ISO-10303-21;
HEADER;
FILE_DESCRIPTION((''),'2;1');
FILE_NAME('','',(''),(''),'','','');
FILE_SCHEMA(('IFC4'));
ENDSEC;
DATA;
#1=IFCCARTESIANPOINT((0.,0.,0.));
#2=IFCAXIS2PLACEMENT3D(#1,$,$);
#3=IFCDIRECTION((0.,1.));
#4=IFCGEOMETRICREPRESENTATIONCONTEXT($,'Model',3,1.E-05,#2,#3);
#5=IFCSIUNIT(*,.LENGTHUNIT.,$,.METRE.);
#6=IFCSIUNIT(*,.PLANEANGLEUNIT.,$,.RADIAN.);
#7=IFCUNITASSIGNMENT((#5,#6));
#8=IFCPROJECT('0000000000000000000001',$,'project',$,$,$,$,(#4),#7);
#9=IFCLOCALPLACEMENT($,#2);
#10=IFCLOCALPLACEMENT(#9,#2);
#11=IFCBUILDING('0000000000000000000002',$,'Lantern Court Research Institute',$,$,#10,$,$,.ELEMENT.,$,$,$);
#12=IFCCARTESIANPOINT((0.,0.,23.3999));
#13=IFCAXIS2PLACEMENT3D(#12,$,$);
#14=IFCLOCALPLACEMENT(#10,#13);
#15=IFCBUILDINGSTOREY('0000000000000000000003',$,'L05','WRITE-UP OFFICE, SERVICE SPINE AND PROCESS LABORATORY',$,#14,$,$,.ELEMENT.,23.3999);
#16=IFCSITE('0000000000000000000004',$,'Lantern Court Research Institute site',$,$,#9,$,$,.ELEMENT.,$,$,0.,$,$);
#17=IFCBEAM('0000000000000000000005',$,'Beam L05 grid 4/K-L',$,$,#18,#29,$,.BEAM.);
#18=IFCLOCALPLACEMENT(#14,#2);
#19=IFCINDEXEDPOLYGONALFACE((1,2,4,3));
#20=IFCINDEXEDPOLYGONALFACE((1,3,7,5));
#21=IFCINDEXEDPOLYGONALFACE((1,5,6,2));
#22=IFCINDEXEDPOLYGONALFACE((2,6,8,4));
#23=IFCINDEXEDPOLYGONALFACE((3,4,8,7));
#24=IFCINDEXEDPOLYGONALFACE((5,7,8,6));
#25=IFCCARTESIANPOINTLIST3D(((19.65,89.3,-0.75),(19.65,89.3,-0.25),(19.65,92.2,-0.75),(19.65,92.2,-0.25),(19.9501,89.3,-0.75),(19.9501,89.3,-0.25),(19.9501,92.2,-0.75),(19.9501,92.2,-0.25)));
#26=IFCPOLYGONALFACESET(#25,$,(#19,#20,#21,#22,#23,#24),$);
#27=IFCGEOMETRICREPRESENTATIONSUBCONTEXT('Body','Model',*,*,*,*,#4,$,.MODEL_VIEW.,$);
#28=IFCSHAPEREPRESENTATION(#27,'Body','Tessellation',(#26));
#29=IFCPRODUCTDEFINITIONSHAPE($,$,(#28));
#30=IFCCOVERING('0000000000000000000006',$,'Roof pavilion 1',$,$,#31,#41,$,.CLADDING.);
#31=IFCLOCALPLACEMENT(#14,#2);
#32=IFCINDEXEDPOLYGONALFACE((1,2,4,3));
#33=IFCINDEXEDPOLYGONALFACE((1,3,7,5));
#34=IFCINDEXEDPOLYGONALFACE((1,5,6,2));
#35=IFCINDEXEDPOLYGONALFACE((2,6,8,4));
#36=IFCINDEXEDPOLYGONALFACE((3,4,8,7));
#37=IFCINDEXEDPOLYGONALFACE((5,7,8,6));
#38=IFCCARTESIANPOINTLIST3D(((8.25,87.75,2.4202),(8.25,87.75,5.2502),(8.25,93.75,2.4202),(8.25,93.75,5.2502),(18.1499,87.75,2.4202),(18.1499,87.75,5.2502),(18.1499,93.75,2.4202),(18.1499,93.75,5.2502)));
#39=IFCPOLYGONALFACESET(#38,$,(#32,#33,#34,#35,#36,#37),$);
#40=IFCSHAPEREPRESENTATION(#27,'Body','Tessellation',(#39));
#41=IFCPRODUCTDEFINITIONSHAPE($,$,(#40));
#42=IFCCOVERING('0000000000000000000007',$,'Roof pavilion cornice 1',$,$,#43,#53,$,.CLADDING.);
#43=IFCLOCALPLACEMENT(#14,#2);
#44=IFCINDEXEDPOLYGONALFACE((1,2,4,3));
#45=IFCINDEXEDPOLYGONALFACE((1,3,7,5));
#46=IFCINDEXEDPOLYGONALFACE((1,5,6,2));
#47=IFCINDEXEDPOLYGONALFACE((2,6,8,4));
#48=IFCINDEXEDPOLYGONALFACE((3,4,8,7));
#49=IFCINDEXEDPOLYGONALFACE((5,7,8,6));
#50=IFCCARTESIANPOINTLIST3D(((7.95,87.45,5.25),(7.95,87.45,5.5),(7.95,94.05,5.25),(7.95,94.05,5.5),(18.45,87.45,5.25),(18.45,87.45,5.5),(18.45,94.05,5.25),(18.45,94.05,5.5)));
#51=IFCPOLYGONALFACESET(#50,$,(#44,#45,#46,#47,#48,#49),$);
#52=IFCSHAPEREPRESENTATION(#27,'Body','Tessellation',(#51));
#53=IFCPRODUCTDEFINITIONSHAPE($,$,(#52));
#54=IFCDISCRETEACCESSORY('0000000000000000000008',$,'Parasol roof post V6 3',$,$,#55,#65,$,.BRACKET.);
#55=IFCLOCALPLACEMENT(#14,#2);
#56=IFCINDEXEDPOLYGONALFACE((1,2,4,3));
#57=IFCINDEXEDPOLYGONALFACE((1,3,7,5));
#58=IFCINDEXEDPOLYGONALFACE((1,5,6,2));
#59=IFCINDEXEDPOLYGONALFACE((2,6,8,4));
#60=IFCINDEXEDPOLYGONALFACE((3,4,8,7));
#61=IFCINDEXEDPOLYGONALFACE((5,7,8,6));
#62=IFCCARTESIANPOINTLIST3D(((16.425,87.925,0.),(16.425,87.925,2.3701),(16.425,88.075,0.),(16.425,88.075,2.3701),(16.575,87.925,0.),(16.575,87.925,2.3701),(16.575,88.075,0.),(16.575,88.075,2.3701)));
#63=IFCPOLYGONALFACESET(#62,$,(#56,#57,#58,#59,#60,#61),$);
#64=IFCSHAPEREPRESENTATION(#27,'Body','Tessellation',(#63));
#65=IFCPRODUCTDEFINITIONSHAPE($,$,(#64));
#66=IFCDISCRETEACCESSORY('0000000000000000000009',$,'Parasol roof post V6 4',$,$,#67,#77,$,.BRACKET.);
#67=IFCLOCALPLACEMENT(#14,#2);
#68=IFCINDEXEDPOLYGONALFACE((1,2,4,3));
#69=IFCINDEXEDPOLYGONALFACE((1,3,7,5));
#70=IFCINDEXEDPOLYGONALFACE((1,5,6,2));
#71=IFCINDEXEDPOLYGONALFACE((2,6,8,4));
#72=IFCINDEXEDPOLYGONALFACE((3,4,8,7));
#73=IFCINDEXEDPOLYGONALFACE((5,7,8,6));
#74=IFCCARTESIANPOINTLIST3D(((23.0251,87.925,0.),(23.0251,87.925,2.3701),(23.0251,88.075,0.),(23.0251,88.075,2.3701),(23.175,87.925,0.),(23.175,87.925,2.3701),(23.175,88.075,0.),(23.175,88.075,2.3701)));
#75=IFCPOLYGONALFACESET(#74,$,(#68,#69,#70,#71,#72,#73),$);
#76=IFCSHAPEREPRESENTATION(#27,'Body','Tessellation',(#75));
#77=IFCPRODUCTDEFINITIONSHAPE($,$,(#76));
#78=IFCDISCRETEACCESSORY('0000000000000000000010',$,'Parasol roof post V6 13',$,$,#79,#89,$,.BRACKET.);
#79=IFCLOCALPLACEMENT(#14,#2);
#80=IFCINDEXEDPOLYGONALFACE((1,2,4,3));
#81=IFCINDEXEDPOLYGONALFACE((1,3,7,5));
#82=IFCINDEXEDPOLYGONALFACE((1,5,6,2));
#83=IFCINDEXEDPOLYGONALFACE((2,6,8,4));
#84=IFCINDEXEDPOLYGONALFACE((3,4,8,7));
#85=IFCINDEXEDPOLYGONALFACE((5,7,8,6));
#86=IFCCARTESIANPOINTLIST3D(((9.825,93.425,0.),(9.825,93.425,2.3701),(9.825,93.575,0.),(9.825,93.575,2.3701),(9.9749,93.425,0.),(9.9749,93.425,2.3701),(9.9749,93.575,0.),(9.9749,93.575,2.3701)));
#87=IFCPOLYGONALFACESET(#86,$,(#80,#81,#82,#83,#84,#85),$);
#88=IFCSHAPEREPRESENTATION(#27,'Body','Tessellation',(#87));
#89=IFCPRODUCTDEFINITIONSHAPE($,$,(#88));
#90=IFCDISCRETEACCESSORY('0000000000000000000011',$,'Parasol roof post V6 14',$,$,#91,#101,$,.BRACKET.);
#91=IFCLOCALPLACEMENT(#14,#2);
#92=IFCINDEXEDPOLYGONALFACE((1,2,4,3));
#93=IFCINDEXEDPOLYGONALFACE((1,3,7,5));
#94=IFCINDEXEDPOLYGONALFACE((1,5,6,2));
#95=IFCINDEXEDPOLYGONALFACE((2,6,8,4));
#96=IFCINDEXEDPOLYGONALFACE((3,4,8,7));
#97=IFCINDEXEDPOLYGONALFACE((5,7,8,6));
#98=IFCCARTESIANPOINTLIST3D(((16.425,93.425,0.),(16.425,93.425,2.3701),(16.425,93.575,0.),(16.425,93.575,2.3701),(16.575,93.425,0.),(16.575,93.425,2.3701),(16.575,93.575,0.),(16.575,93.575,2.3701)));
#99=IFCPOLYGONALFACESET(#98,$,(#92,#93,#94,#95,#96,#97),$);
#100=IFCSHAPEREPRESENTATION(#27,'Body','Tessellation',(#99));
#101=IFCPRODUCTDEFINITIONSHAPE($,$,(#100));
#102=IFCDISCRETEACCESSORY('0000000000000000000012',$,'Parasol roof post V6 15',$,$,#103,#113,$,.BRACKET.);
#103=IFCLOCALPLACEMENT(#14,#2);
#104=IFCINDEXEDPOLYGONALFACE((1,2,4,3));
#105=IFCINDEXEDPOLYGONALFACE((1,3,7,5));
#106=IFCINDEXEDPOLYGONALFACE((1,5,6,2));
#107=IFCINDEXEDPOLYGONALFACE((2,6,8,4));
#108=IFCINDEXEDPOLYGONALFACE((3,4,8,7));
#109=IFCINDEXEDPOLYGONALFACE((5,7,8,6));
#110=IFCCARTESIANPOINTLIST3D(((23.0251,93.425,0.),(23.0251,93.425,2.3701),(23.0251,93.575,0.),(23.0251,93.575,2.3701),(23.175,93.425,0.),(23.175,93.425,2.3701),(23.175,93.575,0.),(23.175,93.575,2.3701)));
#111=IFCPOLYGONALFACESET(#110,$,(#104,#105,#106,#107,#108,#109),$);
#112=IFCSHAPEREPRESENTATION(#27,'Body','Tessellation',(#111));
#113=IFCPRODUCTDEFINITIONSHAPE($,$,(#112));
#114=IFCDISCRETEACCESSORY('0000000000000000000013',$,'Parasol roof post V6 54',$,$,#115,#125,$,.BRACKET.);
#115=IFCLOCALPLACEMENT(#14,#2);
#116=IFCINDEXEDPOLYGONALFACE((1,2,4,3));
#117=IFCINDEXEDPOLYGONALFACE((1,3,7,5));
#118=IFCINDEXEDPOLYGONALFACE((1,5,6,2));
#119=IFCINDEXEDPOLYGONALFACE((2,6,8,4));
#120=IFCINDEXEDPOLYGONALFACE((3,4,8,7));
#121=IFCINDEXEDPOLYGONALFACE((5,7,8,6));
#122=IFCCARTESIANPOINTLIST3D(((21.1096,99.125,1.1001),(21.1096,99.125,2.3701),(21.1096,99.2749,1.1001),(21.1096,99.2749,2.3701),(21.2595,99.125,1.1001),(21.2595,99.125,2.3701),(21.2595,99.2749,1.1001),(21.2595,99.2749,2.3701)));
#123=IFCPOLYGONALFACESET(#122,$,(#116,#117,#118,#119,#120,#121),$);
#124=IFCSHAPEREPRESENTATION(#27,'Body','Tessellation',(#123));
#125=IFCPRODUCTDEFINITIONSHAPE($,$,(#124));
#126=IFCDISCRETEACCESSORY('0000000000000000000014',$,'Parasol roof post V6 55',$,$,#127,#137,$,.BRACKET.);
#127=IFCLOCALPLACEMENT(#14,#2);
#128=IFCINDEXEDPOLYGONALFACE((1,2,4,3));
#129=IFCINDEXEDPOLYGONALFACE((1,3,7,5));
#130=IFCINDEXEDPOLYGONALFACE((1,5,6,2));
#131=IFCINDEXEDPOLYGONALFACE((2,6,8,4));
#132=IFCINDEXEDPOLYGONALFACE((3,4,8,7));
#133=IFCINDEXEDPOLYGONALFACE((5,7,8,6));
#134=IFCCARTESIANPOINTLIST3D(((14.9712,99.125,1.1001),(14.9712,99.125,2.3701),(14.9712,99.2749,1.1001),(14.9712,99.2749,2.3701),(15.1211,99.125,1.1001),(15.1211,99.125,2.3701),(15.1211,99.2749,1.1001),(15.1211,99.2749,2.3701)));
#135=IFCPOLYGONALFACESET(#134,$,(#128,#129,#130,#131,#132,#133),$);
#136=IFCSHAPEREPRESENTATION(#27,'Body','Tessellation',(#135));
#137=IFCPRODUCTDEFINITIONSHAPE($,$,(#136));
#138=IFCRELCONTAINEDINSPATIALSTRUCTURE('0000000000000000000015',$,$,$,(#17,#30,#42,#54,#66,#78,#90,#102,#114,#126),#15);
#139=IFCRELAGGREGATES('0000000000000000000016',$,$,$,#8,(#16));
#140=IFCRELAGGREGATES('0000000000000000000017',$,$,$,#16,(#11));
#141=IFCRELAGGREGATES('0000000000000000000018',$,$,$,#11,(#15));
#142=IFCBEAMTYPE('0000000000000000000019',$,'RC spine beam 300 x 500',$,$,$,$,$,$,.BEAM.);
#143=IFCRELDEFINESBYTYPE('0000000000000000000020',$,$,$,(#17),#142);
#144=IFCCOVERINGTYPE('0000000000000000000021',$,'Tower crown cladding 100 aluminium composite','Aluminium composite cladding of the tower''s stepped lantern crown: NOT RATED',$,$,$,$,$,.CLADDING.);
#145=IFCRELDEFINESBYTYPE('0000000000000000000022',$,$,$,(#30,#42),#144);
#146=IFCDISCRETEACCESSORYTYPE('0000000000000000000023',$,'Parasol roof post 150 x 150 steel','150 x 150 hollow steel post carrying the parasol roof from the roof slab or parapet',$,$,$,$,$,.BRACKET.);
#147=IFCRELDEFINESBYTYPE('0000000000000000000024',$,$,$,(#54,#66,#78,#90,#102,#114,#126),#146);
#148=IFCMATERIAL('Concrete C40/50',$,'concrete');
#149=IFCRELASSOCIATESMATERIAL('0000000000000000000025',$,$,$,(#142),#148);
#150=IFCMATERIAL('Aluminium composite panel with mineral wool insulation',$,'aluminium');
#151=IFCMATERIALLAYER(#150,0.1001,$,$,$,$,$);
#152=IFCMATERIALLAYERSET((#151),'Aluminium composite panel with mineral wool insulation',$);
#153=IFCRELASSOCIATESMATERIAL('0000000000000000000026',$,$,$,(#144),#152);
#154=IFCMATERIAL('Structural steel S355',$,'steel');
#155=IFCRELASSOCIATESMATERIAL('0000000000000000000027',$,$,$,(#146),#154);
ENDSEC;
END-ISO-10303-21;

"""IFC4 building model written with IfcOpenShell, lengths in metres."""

from ifc_helpers import new_model, si_unit, direction, frame, origin, origin_2d, place, context, subcontext, project, spatial, rectangle, extrude, material, layer, layer_set, material_profile, profile_set, type_object, element, save


model = new_model("IFC4")

# Units and contexts
model_context = context("Model", 3, precision=1e-05, world=origin(), true_north=direction((0.0, 1.0)))
body_context = subcontext(model_context, "Body", "Model", "MODEL_VIEW")
ifc_project = project(units=[si_unit("LENGTHUNIT", "METRE"), si_unit("PLANEANGLEUNIT", "RADIAN")], contexts=[model_context])

# Site, building, storey
site_placement = place(None, origin())
site = spatial("IfcSite", under=ifc_project, at=site_placement, Name="Lantern Court Research Institute site", CompositionType="ELEMENT", RefElevation=0.0)
building_placement = place(site_placement, origin())
building = spatial("IfcBuilding", under=site, at=building_placement, Name="Lantern Court Research Institute", CompositionType="ELEMENT")
storey_placement = place(building_placement, frame((0.0, 0.0, 23.3999)))
storey = spatial("IfcBuildingStorey", under=building, at=storey_placement, Name="L05", Description="WRITE-UP OFFICE, SERVICE SPINE AND PROCESS LABORATORY", CompositionType="ELEMENT", Elevation=23.3999)

# Beam
ifc_material_1 = material(Name="Concrete C40/50", Category="concrete")
ifc_material_profile_1 = material_profile(ifc_material_1, rectangle(XDim=0.3, YDim=0.5, at=origin_2d()), Name="RC beam 300 x 500")
ifc_profile_set_1 = profile_set([ifc_material_profile_1], Name="Concrete C40/50")
beam_type_1 = type_object("IfcBeamType", Name="RC spine beam 300 x 500", PredefinedType="BEAM", material=ifc_profile_set_1)
for number, where, z_axis, x_axis, name in (
    (1, (19.8, 89.3, -0.5), (0.0, 1.0, 0.0), (-1.0, 0.0, 0.0), "Beam L05 grid 4/K-L"),
):
    element("IfcBeam", number, at=place(storey_placement, frame(where, z_axis=z_axis, x_axis=x_axis)), inside=storey, type_object=beam_type_1, Name=name, PredefinedType="BEAM", context=body_context, shape_type="SweptSolid", body=[
        extrude(rectangle(XDim=0.3, YDim=0.5, at=origin_2d()), origin(), (0.0, 0.0, 1.0), 2.8999),
    ])

# Coverings
ifc_material_2 = material(Name="Aluminium composite panel with mineral wool insulation", Category="aluminium")
ifc_layer = layer(ifc_material_2, 0.1001)
ifc_layer_set = layer_set([ifc_layer], Name="Aluminium composite panel with mineral wool insulation")
covering_type = type_object("IfcCoveringType", Name="Tower crown cladding 100 aluminium composite", Description="Aluminium composite cladding of the tower's stepped lantern crown: NOT RATED", PredefinedType="CLADDING", material=ifc_layer_set)
covering_1_placement = place(storey_placement, frame((13.2, 90.75, 2.4202), z_axis=(0.0, 0.0, 1.0), x_axis=(1.0, 0.0, 0.0)))
element("IfcCovering", 2, at=covering_1_placement, inside=storey, type_object=covering_type, Name="Roof pavilion 1", PredefinedType="CLADDING", context=body_context, shape_type="SweptSolid", body=[
    extrude(rectangle(XDim=9.8999, YDim=6.0, at=origin_2d()), origin(), (0.0, 0.0, 1.0), 2.8301),
])
covering_2_placement = place(storey_placement, frame((13.2, 90.75, 5.25), z_axis=(0.0, 0.0, 1.0), x_axis=(1.0, 0.0, 0.0)))
element("IfcCovering", 3, at=covering_2_placement, inside=storey, type_object=covering_type, Name="Roof pavilion cornice 1", PredefinedType="CLADDING", context=body_context, shape_type="SweptSolid", body=[
    extrude(rectangle(XDim=10.5, YDim=6.6001, at=origin_2d()), origin(), (0.0, 0.0, 1.0), 0.25),
])

# Discrete accessories
ifc_material_3 = material(Name="Structural steel S355", Category="steel")
discrete_accessory_type = type_object("IfcDiscreteAccessoryType", Name="Parasol roof post 150 x 150 steel", Description="150 x 150 hollow steel post carrying the parasol roof from the roof slab or parapet", PredefinedType="BRACKET", material=ifc_material_3)
for number, where, z_axis, x_axis, name in (
    (4, (16.5, 88.0, 0.0), (0.0, 0.0, 1.0), (1.0, 0.0, 0.0), "Parasol roof post V6 3"),
    (5, (23.1001, 88.0, 0.0), (0.0, 0.0, 1.0), (1.0, 0.0, 0.0), "Parasol roof post V6 4"),
    (6, (9.8999, 93.5, 0.0), (0.0, 0.0, 1.0), (1.0, 0.0, 0.0), "Parasol roof post V6 13"),
    (7, (16.5, 93.5, 0.0), (0.0, 0.0, 1.0), (1.0, 0.0, 0.0), "Parasol roof post V6 14"),
    (8, (23.1001, 93.5, 0.0), (0.0, 0.0, 1.0), (1.0, 0.0, 0.0), "Parasol roof post V6 15"),
):
    element("IfcDiscreteAccessory", number, at=place(storey_placement, frame(where, z_axis=z_axis, x_axis=x_axis)), inside=storey, type_object=discrete_accessory_type, Name=name, PredefinedType="BRACKET", context=body_context, shape_type="SweptSolid", body=[
        extrude(rectangle(XDim=0.1499, YDim=0.1499, at=origin_2d()), origin(), (0.0, 0.0, 1.0), 2.3701),
    ])
for number, where, z_axis, x_axis, name in (
    (9, (21.1846, 99.2, 1.1001), (0.0, 0.0, 1.0), (1.0, 0.0, 0.0), "Parasol roof post V6 54"),
    (10, (15.0461, 99.2, 1.1001), (0.0, 0.0, 1.0), (1.0, 0.0, 0.0), "Parasol roof post V6 55"),
):
    element("IfcDiscreteAccessory", number, at=place(storey_placement, frame(where, z_axis=z_axis, x_axis=x_axis)), inside=storey, type_object=discrete_accessory_type, Name=name, PredefinedType="BRACKET", context=body_context, shape_type="SweptSolid", body=[
        extrude(rectangle(XDim=0.1499, YDim=0.1499, at=origin_2d()), origin(), (0.0, 0.0, 1.0), 1.27),
    ])

save(model, "model.ifc")
